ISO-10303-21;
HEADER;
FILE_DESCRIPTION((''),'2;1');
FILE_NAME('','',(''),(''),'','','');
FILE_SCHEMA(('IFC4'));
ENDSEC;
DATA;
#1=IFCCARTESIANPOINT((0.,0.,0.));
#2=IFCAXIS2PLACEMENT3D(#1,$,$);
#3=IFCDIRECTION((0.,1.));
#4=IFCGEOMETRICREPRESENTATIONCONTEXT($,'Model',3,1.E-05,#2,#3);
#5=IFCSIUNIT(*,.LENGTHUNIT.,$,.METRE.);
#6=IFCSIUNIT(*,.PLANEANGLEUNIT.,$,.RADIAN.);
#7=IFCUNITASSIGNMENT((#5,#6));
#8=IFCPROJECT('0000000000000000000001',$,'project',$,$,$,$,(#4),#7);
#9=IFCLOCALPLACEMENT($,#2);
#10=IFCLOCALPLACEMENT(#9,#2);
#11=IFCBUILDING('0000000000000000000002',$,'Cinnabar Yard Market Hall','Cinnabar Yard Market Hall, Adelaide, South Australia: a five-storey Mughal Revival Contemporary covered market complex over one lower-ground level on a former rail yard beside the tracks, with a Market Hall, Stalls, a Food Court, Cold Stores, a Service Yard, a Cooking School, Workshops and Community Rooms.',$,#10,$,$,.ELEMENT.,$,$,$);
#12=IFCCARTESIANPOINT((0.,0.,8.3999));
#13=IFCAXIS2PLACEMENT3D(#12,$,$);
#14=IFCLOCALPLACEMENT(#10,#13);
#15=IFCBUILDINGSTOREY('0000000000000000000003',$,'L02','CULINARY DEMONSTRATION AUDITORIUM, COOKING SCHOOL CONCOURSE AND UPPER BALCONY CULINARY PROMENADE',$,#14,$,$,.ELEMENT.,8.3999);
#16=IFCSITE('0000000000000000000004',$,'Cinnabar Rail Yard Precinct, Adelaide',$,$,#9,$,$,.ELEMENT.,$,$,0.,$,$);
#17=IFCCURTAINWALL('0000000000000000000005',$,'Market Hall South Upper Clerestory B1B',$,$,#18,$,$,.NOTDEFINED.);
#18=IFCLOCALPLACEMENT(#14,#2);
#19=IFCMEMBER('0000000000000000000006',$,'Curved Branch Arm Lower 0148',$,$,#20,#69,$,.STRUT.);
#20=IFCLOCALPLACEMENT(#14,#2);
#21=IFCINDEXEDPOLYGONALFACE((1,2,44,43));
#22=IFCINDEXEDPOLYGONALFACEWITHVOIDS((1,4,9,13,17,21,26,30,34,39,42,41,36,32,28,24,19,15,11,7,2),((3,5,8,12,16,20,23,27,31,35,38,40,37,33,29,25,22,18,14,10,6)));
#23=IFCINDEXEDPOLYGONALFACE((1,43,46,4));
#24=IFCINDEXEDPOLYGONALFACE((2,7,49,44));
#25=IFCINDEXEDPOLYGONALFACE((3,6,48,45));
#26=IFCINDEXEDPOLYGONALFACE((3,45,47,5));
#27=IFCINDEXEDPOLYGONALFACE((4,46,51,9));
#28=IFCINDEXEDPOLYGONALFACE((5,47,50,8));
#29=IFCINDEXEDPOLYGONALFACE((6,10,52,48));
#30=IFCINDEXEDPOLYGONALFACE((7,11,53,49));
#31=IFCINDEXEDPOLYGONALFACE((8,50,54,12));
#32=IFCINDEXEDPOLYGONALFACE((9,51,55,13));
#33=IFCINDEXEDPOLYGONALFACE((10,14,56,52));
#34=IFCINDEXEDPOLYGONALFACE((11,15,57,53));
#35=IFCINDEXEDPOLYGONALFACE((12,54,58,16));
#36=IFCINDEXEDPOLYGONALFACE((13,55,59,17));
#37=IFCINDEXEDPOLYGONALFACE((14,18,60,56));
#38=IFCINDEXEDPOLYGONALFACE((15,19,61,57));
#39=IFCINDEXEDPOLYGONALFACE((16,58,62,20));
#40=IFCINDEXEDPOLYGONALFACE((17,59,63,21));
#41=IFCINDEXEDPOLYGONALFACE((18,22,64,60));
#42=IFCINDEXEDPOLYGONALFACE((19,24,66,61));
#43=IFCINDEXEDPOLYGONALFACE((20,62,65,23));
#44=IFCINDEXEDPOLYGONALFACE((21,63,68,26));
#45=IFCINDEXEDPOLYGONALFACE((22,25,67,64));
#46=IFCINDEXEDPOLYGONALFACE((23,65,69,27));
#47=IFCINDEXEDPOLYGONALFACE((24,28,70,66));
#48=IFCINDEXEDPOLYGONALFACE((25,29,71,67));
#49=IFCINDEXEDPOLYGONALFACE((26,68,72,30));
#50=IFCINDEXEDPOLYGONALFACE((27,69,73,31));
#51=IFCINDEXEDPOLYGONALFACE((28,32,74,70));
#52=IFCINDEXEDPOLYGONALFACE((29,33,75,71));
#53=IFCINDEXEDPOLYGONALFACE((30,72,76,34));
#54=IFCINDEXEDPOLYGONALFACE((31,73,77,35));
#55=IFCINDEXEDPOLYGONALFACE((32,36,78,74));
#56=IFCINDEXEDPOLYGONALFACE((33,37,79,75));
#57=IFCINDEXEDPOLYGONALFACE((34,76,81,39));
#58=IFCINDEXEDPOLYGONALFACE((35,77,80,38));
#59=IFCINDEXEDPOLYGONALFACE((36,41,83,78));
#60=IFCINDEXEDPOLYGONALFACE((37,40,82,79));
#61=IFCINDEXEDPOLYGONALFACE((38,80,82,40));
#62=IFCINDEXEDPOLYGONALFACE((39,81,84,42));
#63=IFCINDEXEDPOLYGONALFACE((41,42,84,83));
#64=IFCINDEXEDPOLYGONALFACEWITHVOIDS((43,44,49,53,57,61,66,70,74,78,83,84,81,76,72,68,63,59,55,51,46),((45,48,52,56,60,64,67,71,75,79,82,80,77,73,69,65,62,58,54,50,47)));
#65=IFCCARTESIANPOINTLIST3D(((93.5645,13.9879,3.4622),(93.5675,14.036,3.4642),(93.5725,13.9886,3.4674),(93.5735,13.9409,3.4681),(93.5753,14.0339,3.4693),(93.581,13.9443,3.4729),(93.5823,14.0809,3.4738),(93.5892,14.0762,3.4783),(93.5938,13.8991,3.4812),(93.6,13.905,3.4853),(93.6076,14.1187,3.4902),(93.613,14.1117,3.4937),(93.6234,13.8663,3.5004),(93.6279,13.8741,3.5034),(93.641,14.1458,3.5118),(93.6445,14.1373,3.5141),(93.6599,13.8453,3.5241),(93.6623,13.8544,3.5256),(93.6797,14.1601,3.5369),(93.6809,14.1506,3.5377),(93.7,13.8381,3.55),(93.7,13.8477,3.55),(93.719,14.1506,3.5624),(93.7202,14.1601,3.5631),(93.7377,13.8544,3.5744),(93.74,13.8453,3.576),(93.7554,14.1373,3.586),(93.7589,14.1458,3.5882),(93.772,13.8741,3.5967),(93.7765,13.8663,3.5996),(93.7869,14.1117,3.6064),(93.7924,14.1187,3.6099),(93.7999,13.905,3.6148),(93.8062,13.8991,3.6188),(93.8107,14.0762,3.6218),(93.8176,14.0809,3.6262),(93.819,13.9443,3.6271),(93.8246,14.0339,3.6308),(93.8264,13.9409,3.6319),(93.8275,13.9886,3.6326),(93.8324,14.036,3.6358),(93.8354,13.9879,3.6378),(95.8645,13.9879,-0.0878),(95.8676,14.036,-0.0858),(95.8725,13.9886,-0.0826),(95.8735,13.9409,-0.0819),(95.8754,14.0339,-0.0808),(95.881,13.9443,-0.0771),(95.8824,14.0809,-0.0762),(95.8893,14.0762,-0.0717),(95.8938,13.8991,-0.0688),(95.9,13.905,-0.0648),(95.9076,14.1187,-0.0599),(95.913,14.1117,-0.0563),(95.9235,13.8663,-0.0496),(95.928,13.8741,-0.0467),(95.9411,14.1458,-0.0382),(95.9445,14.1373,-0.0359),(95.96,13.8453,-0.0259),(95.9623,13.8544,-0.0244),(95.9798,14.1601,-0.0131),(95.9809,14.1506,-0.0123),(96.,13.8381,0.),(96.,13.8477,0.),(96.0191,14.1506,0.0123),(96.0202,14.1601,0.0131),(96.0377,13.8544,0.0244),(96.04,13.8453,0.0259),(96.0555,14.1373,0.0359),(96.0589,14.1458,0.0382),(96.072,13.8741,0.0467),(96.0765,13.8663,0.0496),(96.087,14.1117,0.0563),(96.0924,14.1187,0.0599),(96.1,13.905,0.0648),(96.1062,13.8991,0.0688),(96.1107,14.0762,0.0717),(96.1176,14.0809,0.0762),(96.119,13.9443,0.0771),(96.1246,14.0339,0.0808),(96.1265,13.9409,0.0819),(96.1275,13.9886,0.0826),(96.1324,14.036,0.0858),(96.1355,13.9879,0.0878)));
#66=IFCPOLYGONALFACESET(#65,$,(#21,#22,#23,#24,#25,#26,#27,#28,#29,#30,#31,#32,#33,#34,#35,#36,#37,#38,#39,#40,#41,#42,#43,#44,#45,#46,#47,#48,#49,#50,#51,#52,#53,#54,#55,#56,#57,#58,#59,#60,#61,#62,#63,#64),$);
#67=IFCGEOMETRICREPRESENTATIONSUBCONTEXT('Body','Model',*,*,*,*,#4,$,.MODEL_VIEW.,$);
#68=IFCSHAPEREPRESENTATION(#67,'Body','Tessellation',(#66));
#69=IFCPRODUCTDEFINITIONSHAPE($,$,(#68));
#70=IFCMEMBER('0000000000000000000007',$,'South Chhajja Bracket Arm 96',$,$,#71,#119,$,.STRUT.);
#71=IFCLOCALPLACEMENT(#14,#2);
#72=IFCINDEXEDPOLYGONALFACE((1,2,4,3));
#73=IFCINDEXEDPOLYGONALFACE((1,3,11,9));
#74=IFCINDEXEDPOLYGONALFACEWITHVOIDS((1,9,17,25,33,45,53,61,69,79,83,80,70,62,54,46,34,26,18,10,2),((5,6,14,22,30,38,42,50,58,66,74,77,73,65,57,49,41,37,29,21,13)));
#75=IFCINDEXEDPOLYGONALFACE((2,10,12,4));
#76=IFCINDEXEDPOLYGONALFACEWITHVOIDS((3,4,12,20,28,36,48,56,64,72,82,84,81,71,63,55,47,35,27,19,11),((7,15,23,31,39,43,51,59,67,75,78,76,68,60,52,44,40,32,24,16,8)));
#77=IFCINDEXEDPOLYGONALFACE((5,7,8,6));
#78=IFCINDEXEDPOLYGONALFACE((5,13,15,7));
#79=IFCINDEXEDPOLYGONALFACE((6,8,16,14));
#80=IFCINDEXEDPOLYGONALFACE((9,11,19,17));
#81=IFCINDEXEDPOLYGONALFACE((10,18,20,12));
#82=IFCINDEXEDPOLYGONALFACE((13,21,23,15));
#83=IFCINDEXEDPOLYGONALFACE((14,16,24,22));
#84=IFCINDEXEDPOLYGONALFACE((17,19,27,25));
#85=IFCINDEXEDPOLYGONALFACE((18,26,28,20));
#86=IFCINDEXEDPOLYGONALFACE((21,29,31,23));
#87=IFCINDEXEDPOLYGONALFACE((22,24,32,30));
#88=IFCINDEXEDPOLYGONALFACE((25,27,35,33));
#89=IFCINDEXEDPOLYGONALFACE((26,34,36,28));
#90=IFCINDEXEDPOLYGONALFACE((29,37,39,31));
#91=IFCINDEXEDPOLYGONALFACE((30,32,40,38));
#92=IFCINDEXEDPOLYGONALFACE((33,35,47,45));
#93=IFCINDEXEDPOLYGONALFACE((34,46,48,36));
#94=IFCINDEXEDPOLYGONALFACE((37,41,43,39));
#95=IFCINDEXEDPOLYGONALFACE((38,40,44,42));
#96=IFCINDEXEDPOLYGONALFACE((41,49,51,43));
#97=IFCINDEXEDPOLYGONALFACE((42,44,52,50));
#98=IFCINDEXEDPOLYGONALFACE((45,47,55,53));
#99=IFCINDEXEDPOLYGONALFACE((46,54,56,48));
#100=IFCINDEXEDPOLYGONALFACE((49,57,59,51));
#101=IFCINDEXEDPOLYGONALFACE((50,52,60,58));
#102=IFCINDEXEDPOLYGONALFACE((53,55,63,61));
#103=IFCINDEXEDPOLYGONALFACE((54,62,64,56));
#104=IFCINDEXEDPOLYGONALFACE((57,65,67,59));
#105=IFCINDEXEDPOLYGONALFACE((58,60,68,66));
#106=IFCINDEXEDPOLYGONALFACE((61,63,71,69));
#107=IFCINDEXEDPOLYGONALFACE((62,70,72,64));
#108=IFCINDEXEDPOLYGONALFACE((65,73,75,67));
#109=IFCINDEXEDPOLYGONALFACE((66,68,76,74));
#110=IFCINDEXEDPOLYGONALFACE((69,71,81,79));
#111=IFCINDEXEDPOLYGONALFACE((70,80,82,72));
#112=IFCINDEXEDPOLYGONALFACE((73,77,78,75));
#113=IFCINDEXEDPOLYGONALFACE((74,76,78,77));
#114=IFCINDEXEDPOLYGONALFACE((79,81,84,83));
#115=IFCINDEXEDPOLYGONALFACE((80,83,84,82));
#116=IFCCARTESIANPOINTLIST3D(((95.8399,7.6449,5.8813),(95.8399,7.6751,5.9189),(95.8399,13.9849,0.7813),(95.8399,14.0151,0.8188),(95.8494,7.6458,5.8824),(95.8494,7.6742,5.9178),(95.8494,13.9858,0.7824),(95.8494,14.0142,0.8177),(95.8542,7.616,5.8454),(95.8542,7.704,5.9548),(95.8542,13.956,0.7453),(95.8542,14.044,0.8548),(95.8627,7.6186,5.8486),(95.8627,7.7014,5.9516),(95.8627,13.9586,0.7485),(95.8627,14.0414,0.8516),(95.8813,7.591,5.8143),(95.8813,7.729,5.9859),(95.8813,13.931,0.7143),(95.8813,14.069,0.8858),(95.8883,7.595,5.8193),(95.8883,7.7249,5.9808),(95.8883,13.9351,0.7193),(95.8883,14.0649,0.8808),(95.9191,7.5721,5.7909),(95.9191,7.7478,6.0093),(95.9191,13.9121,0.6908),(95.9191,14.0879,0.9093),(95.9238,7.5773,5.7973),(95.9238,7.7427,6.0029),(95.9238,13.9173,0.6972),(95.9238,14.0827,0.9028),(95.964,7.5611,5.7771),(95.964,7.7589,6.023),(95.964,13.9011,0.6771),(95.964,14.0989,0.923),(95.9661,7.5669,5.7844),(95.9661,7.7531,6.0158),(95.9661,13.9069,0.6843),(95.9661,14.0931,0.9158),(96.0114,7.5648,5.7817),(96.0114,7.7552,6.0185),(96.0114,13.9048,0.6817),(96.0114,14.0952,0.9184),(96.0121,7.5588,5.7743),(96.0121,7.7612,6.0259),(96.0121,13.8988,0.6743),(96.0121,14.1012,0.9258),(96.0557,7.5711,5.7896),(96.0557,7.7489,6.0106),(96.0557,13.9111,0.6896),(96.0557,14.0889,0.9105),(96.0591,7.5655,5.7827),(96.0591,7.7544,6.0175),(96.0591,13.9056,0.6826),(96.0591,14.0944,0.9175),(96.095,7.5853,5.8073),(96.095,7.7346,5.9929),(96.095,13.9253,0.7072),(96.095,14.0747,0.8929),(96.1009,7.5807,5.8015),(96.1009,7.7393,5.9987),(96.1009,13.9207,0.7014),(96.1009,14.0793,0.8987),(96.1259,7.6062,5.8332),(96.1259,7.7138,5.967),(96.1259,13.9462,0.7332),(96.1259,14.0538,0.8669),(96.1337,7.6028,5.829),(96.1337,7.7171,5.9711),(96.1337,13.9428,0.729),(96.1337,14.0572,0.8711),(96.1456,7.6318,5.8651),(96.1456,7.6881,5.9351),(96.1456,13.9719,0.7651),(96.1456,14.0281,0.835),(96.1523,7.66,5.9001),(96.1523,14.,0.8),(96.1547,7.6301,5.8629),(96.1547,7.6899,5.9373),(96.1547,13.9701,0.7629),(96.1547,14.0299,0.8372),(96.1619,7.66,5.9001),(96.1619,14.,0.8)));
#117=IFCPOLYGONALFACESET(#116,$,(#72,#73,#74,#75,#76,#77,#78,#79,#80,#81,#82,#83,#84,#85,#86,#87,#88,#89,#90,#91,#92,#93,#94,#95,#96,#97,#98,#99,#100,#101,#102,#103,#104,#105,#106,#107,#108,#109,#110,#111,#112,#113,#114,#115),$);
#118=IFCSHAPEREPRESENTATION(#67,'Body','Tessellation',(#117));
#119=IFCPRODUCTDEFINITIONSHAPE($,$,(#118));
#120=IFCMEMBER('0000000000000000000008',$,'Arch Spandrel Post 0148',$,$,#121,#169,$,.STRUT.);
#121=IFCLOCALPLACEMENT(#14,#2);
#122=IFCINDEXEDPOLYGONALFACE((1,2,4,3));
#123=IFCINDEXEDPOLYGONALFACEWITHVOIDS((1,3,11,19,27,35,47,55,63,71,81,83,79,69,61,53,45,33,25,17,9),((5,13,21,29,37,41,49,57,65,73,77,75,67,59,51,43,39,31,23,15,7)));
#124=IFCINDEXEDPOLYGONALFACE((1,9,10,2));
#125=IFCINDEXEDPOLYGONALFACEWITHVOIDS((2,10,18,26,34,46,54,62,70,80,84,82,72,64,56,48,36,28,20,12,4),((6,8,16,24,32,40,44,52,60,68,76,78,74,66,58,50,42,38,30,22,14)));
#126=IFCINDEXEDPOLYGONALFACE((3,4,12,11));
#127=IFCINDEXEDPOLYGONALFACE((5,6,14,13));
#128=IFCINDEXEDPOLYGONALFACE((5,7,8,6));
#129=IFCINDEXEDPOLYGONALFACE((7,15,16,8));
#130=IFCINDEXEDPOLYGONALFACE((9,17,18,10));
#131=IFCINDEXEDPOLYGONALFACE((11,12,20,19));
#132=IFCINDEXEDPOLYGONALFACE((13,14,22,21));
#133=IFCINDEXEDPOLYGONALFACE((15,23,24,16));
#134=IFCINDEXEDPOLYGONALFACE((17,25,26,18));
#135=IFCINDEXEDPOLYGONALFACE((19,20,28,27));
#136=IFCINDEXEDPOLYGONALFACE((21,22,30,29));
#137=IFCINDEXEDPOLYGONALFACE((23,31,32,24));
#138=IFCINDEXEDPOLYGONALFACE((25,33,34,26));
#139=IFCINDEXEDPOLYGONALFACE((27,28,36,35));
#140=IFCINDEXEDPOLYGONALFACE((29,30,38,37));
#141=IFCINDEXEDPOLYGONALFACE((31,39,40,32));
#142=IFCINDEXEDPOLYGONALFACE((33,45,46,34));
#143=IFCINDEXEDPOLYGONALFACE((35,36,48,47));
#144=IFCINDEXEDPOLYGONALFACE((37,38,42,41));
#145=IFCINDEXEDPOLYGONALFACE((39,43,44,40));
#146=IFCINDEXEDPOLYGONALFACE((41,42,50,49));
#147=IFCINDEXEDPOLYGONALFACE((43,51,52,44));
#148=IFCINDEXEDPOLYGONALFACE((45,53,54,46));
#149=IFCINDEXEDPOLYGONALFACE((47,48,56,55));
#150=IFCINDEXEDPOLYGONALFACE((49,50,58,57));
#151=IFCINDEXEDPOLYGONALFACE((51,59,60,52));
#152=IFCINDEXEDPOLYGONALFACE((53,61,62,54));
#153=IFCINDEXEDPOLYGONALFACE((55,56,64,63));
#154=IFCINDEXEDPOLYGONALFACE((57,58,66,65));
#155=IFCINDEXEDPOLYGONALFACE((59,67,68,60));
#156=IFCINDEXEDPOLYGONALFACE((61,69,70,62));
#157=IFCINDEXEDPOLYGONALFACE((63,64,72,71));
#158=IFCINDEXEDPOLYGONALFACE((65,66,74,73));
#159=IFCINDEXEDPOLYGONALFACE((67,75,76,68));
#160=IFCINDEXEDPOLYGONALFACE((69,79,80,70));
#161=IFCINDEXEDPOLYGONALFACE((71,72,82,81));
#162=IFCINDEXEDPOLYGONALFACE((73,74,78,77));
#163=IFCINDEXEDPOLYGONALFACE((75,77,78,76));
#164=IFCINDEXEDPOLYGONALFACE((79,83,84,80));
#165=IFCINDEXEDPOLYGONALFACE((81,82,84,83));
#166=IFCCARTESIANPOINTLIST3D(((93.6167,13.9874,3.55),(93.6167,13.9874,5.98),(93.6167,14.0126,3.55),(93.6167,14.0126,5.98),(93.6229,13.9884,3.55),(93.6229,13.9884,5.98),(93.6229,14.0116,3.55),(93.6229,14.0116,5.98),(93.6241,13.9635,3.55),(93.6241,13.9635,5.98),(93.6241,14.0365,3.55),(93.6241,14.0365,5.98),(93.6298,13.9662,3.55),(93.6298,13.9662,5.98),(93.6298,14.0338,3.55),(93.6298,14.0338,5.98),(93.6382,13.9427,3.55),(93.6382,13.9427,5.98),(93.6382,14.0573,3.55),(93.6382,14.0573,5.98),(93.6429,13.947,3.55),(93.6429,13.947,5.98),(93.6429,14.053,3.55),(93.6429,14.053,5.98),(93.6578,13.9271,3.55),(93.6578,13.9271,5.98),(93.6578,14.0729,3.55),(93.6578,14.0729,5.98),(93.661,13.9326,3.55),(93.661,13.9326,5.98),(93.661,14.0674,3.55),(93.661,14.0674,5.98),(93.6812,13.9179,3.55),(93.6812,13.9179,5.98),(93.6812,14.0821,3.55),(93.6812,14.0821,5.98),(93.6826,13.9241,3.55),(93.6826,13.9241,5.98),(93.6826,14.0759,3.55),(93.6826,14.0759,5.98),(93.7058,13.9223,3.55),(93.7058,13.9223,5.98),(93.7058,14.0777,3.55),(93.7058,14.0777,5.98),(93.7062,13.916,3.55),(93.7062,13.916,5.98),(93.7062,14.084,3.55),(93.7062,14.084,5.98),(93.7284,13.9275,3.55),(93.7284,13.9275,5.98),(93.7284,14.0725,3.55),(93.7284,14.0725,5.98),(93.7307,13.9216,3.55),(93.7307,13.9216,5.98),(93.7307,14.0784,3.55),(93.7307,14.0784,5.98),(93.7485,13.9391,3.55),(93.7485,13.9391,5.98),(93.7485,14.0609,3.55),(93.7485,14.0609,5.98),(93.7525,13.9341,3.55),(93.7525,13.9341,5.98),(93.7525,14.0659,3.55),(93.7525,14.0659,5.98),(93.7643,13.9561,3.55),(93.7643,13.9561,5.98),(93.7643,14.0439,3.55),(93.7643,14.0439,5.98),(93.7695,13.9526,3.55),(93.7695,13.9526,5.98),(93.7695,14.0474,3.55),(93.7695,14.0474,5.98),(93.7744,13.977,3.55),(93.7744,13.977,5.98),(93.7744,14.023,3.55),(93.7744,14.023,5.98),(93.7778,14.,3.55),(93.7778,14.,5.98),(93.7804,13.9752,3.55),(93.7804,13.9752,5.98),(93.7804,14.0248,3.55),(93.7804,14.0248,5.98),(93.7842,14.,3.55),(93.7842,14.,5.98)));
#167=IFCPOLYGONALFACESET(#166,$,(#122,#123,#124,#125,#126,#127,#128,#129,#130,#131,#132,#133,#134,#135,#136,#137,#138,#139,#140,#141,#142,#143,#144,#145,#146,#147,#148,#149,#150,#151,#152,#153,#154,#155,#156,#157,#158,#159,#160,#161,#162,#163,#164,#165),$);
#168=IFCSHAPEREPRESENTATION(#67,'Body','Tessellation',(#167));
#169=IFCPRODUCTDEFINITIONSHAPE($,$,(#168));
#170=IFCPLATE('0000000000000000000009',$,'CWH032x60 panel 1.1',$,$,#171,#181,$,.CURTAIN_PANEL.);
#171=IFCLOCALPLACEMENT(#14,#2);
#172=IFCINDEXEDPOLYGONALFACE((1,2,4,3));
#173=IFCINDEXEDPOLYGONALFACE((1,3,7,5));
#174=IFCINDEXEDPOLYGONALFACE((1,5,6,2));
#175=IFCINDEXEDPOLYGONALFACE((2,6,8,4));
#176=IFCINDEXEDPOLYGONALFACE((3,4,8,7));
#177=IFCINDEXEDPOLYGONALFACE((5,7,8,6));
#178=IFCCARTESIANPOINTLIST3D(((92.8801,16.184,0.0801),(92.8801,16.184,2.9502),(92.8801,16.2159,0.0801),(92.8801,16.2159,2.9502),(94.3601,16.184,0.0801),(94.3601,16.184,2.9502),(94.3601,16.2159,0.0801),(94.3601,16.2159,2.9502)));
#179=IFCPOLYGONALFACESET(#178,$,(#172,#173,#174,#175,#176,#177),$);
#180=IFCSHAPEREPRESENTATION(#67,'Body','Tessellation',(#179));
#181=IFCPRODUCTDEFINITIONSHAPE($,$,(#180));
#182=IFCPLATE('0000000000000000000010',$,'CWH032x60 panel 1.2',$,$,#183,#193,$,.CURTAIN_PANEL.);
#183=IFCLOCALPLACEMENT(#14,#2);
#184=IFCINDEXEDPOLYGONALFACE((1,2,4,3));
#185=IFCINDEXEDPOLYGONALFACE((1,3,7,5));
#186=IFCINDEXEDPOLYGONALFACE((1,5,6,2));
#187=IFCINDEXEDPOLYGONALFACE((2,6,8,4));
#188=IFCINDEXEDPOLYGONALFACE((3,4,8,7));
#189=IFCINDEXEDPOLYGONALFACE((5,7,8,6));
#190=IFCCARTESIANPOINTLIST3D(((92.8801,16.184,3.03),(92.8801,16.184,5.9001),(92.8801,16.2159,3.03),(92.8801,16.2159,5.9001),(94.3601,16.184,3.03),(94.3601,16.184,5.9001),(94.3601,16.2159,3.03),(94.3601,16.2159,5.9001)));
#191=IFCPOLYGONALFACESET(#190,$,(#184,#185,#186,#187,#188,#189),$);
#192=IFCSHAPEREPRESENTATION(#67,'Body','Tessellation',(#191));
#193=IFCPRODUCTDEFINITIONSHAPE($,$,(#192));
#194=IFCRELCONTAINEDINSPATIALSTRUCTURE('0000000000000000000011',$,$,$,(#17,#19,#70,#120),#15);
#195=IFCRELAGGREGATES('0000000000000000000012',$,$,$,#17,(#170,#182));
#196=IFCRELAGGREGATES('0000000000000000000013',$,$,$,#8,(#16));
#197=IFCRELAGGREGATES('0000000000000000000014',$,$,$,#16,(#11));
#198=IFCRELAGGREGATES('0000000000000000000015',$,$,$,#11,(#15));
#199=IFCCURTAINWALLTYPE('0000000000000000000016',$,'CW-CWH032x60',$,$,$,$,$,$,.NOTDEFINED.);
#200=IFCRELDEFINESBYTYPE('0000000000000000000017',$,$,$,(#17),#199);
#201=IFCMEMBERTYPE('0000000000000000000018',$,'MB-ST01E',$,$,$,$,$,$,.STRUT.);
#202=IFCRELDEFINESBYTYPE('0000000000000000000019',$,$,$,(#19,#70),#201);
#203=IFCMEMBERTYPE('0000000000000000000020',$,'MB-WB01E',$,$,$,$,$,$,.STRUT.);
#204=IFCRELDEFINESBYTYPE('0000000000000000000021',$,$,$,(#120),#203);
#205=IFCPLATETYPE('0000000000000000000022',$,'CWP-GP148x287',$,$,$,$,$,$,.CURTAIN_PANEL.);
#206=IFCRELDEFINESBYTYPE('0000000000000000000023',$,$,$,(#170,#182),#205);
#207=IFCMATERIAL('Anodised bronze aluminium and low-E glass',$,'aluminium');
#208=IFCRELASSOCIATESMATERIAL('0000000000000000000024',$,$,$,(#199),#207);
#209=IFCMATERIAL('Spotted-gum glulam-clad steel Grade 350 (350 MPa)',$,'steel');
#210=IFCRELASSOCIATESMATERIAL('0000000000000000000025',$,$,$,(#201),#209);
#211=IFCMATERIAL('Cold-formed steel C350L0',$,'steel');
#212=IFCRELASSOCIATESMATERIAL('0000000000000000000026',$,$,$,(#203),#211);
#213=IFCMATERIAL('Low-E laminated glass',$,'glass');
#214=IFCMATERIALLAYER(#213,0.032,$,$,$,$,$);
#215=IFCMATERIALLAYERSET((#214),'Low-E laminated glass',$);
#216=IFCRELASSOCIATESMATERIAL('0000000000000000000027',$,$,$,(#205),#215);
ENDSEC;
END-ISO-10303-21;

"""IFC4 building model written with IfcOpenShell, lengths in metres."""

from ifc_helpers import new_model, si_unit, direction, frame, origin, origin_2d_with_axis, place, context, subcontext, project, spatial, rectangle, hollow_circle, extrude, material, layer, layer_set, material_profile, profile_set, type_object, element, aggregate, save


model = new_model("IFC4")

# Units and contexts
model_context = context("Model", 3, precision=1e-05, world=origin(), true_north=direction((0.0, 1.0)))
body_context = subcontext(model_context, "Body", "Model", "MODEL_VIEW")
ifc_project = project(units=[si_unit("LENGTHUNIT", "METRE"), si_unit("PLANEANGLEUNIT", "RADIAN")], contexts=[model_context])

# Site, building, storey
site_placement = place(None, origin())
site = spatial("IfcSite", under=ifc_project, at=site_placement, Name="Cinnabar Rail Yard Precinct, Adelaide", CompositionType="ELEMENT", RefElevation=0.0)
building_placement = place(site_placement, origin())
building = spatial("IfcBuilding", under=site, at=building_placement, Name="Cinnabar Yard Market Hall", Description="Cinnabar Yard Market Hall, Adelaide, South Australia: a five-storey Mughal Revival Contemporary covered market complex over one lower-ground level on a former rail yard beside the tracks, with a Market Hall, Stalls, a Food Court, Cold Stores, a Service Yard, a Cooking School, Workshops and Community Rooms.", CompositionType="ELEMENT")
storey_placement = place(building_placement, frame((0.0, 0.0, 8.3999)))
storey = spatial("IfcBuildingStorey", under=building, at=storey_placement, Name="L02", Description="CULINARY DEMONSTRATION AUDITORIUM, COOKING SCHOOL CONCOURSE AND UPPER BALCONY CULINARY PROMENADE", CompositionType="ELEMENT", Elevation=8.3999)

# Shared definitions
ifc_material_1 = material(Name="Spotted-gum glulam-clad steel Grade 350 (350 MPa)", Category="steel")

# Shared definitions
ifc_material_2 = material(Name="Anodised bronze aluminium and low-E glass", Category="aluminium")

# Curtain wall
curtain_wall_type_1 = type_object("IfcCurtainWallType", Name="CW-CWH032x60", PredefinedType="NOTDEFINED", material=ifc_material_2)
curtain_wall_1_placement = place(storey_placement, origin())
curtain_wall_1 = element("IfcCurtainWall", 1, at=curtain_wall_1_placement, inside=storey, type_object=curtain_wall_type_1, Name="Market Hall South Upper Clerestory B1B", PredefinedType="NOTDEFINED")

# Members
ifc_material_profile_1 = material_profile(ifc_material_1, hollow_circle(Radius=0.1619, WallThickness=0.0095, at=origin_2d_with_axis()), Name="323.9x9.5CHS")
ifc_profile_set_1 = profile_set([ifc_material_profile_1], Name="Spotted-gum glulam-clad steel Grade 350 (350 MPa)")
member_type_1 = type_object("IfcMemberType", Name="MB-ST01E", PredefinedType="STRUT", material=ifc_profile_set_1)
for number, where, z_axis, x_axis, name in (
    (2, (96.0, 14.0, 0.0), (-0.543744, 0.0, 0.839251), (0.0, -1.0, 0.0), "Curved Branch Arm Lower 0148"),
):
    element("IfcMember", number, at=place(storey_placement, frame(where, z_axis=z_axis, x_axis=x_axis)), inside=storey, type_object=member_type_1, Name=name, PredefinedType="STRUT", context=body_context, shape_type="SweptSolid", body=[
        extrude(hollow_circle(Radius=0.1619, WallThickness=0.0095, at=origin_2d_with_axis()), origin(), (0.0, 0.0, 1.0), 4.23),
    ])
member_1_placement = place(storey_placement, frame((96.0, 14.0, 0.8), z_axis=(0.0, -0.779186, 0.626793), x_axis=(1.0, 0.0, 0.0)))
element("IfcMember", 3, at=member_1_placement, inside=storey, type_object=member_type_1, Name="South Chhajja Bracket Arm 96", PredefinedType="STRUT", context=body_context, shape_type="SweptSolid", body=[
    extrude(hollow_circle(Radius=0.1619, WallThickness=0.0095, at=origin_2d_with_axis()), origin(), (0.0, 0.0, 1.0), 8.1367),
])
ifc_material_3 = material(Name="Cold-formed steel C350L0", Category="steel")
ifc_material_profile_2 = material_profile(ifc_material_3, hollow_circle(Radius=0.0842, WallThickness=0.0063, at=origin_2d_with_axis()), Name="168.3x6.4CHS")
ifc_profile_set_2 = profile_set([ifc_material_profile_2], Name="Cold-formed steel C350L0")
member_type_2 = type_object("IfcMemberType", Name="MB-WB01E", PredefinedType="STRUT", material=ifc_profile_set_2)
member_2_placement = place(storey_placement, frame((93.7, 14.0, 3.55), z_axis=(0.0, 0.0, 1.0), x_axis=(1.0, 0.0, 0.0)))
element("IfcMember", 4, at=member_2_placement, inside=storey, type_object=member_type_2, Name="Arch Spandrel Post 0148", PredefinedType="STRUT", context=body_context, shape_type="SweptSolid", body=[
    extrude(hollow_circle(Radius=0.0842, WallThickness=0.0063, at=origin_2d_with_axis()), origin(), (0.0, 0.0, 1.0), 2.4299),
])

# Plates
ifc_material_4 = material(Name="Low-E laminated glass", Category="glass")
ifc_layer_1 = layer(ifc_material_4, 0.032)
ifc_layer_set_1 = layer_set([ifc_layer_1], Name="Low-E laminated glass")
plate_type_1 = type_object("IfcPlateType", Name="CWP-GP148x287", PredefinedType="CURTAIN_PANEL", material=ifc_layer_set_1)
plate_1_placement = place(storey_placement, frame((93.6201, 16.2, 0.0801), z_axis=(0.0, 0.0, 1.0), x_axis=(1.0, 0.0, 0.0)))
plate_1 = element("IfcPlate", 5, at=plate_1_placement, type_object=plate_type_1, Name="CWH032x60 panel 1.1", PredefinedType="CURTAIN_PANEL", context=body_context, shape_type="SweptSolid", body=[
    extrude(rectangle(XDim=1.48, YDim=0.032, at=origin_2d_with_axis()), origin(), (0.0, 0.0, 1.0), 2.8701),
])
plate_2_placement = place(storey_placement, frame((93.6201, 16.2, 3.03), z_axis=(0.0, 0.0, 1.0), x_axis=(1.0, 0.0, 0.0)))
plate_2 = element("IfcPlate", 6, at=plate_2_placement, type_object=plate_type_1, Name="CWH032x60 panel 1.2", PredefinedType="CURTAIN_PANEL", context=body_context, shape_type="SweptSolid", body=[
    extrude(rectangle(XDim=1.48, YDim=0.032, at=origin_2d_with_axis()), origin(), (0.0, 0.0, 1.0), 2.8701),
])
aggregate(curtain_wall_1, [plate_1, plate_2])

save(model, "model.ifc")
